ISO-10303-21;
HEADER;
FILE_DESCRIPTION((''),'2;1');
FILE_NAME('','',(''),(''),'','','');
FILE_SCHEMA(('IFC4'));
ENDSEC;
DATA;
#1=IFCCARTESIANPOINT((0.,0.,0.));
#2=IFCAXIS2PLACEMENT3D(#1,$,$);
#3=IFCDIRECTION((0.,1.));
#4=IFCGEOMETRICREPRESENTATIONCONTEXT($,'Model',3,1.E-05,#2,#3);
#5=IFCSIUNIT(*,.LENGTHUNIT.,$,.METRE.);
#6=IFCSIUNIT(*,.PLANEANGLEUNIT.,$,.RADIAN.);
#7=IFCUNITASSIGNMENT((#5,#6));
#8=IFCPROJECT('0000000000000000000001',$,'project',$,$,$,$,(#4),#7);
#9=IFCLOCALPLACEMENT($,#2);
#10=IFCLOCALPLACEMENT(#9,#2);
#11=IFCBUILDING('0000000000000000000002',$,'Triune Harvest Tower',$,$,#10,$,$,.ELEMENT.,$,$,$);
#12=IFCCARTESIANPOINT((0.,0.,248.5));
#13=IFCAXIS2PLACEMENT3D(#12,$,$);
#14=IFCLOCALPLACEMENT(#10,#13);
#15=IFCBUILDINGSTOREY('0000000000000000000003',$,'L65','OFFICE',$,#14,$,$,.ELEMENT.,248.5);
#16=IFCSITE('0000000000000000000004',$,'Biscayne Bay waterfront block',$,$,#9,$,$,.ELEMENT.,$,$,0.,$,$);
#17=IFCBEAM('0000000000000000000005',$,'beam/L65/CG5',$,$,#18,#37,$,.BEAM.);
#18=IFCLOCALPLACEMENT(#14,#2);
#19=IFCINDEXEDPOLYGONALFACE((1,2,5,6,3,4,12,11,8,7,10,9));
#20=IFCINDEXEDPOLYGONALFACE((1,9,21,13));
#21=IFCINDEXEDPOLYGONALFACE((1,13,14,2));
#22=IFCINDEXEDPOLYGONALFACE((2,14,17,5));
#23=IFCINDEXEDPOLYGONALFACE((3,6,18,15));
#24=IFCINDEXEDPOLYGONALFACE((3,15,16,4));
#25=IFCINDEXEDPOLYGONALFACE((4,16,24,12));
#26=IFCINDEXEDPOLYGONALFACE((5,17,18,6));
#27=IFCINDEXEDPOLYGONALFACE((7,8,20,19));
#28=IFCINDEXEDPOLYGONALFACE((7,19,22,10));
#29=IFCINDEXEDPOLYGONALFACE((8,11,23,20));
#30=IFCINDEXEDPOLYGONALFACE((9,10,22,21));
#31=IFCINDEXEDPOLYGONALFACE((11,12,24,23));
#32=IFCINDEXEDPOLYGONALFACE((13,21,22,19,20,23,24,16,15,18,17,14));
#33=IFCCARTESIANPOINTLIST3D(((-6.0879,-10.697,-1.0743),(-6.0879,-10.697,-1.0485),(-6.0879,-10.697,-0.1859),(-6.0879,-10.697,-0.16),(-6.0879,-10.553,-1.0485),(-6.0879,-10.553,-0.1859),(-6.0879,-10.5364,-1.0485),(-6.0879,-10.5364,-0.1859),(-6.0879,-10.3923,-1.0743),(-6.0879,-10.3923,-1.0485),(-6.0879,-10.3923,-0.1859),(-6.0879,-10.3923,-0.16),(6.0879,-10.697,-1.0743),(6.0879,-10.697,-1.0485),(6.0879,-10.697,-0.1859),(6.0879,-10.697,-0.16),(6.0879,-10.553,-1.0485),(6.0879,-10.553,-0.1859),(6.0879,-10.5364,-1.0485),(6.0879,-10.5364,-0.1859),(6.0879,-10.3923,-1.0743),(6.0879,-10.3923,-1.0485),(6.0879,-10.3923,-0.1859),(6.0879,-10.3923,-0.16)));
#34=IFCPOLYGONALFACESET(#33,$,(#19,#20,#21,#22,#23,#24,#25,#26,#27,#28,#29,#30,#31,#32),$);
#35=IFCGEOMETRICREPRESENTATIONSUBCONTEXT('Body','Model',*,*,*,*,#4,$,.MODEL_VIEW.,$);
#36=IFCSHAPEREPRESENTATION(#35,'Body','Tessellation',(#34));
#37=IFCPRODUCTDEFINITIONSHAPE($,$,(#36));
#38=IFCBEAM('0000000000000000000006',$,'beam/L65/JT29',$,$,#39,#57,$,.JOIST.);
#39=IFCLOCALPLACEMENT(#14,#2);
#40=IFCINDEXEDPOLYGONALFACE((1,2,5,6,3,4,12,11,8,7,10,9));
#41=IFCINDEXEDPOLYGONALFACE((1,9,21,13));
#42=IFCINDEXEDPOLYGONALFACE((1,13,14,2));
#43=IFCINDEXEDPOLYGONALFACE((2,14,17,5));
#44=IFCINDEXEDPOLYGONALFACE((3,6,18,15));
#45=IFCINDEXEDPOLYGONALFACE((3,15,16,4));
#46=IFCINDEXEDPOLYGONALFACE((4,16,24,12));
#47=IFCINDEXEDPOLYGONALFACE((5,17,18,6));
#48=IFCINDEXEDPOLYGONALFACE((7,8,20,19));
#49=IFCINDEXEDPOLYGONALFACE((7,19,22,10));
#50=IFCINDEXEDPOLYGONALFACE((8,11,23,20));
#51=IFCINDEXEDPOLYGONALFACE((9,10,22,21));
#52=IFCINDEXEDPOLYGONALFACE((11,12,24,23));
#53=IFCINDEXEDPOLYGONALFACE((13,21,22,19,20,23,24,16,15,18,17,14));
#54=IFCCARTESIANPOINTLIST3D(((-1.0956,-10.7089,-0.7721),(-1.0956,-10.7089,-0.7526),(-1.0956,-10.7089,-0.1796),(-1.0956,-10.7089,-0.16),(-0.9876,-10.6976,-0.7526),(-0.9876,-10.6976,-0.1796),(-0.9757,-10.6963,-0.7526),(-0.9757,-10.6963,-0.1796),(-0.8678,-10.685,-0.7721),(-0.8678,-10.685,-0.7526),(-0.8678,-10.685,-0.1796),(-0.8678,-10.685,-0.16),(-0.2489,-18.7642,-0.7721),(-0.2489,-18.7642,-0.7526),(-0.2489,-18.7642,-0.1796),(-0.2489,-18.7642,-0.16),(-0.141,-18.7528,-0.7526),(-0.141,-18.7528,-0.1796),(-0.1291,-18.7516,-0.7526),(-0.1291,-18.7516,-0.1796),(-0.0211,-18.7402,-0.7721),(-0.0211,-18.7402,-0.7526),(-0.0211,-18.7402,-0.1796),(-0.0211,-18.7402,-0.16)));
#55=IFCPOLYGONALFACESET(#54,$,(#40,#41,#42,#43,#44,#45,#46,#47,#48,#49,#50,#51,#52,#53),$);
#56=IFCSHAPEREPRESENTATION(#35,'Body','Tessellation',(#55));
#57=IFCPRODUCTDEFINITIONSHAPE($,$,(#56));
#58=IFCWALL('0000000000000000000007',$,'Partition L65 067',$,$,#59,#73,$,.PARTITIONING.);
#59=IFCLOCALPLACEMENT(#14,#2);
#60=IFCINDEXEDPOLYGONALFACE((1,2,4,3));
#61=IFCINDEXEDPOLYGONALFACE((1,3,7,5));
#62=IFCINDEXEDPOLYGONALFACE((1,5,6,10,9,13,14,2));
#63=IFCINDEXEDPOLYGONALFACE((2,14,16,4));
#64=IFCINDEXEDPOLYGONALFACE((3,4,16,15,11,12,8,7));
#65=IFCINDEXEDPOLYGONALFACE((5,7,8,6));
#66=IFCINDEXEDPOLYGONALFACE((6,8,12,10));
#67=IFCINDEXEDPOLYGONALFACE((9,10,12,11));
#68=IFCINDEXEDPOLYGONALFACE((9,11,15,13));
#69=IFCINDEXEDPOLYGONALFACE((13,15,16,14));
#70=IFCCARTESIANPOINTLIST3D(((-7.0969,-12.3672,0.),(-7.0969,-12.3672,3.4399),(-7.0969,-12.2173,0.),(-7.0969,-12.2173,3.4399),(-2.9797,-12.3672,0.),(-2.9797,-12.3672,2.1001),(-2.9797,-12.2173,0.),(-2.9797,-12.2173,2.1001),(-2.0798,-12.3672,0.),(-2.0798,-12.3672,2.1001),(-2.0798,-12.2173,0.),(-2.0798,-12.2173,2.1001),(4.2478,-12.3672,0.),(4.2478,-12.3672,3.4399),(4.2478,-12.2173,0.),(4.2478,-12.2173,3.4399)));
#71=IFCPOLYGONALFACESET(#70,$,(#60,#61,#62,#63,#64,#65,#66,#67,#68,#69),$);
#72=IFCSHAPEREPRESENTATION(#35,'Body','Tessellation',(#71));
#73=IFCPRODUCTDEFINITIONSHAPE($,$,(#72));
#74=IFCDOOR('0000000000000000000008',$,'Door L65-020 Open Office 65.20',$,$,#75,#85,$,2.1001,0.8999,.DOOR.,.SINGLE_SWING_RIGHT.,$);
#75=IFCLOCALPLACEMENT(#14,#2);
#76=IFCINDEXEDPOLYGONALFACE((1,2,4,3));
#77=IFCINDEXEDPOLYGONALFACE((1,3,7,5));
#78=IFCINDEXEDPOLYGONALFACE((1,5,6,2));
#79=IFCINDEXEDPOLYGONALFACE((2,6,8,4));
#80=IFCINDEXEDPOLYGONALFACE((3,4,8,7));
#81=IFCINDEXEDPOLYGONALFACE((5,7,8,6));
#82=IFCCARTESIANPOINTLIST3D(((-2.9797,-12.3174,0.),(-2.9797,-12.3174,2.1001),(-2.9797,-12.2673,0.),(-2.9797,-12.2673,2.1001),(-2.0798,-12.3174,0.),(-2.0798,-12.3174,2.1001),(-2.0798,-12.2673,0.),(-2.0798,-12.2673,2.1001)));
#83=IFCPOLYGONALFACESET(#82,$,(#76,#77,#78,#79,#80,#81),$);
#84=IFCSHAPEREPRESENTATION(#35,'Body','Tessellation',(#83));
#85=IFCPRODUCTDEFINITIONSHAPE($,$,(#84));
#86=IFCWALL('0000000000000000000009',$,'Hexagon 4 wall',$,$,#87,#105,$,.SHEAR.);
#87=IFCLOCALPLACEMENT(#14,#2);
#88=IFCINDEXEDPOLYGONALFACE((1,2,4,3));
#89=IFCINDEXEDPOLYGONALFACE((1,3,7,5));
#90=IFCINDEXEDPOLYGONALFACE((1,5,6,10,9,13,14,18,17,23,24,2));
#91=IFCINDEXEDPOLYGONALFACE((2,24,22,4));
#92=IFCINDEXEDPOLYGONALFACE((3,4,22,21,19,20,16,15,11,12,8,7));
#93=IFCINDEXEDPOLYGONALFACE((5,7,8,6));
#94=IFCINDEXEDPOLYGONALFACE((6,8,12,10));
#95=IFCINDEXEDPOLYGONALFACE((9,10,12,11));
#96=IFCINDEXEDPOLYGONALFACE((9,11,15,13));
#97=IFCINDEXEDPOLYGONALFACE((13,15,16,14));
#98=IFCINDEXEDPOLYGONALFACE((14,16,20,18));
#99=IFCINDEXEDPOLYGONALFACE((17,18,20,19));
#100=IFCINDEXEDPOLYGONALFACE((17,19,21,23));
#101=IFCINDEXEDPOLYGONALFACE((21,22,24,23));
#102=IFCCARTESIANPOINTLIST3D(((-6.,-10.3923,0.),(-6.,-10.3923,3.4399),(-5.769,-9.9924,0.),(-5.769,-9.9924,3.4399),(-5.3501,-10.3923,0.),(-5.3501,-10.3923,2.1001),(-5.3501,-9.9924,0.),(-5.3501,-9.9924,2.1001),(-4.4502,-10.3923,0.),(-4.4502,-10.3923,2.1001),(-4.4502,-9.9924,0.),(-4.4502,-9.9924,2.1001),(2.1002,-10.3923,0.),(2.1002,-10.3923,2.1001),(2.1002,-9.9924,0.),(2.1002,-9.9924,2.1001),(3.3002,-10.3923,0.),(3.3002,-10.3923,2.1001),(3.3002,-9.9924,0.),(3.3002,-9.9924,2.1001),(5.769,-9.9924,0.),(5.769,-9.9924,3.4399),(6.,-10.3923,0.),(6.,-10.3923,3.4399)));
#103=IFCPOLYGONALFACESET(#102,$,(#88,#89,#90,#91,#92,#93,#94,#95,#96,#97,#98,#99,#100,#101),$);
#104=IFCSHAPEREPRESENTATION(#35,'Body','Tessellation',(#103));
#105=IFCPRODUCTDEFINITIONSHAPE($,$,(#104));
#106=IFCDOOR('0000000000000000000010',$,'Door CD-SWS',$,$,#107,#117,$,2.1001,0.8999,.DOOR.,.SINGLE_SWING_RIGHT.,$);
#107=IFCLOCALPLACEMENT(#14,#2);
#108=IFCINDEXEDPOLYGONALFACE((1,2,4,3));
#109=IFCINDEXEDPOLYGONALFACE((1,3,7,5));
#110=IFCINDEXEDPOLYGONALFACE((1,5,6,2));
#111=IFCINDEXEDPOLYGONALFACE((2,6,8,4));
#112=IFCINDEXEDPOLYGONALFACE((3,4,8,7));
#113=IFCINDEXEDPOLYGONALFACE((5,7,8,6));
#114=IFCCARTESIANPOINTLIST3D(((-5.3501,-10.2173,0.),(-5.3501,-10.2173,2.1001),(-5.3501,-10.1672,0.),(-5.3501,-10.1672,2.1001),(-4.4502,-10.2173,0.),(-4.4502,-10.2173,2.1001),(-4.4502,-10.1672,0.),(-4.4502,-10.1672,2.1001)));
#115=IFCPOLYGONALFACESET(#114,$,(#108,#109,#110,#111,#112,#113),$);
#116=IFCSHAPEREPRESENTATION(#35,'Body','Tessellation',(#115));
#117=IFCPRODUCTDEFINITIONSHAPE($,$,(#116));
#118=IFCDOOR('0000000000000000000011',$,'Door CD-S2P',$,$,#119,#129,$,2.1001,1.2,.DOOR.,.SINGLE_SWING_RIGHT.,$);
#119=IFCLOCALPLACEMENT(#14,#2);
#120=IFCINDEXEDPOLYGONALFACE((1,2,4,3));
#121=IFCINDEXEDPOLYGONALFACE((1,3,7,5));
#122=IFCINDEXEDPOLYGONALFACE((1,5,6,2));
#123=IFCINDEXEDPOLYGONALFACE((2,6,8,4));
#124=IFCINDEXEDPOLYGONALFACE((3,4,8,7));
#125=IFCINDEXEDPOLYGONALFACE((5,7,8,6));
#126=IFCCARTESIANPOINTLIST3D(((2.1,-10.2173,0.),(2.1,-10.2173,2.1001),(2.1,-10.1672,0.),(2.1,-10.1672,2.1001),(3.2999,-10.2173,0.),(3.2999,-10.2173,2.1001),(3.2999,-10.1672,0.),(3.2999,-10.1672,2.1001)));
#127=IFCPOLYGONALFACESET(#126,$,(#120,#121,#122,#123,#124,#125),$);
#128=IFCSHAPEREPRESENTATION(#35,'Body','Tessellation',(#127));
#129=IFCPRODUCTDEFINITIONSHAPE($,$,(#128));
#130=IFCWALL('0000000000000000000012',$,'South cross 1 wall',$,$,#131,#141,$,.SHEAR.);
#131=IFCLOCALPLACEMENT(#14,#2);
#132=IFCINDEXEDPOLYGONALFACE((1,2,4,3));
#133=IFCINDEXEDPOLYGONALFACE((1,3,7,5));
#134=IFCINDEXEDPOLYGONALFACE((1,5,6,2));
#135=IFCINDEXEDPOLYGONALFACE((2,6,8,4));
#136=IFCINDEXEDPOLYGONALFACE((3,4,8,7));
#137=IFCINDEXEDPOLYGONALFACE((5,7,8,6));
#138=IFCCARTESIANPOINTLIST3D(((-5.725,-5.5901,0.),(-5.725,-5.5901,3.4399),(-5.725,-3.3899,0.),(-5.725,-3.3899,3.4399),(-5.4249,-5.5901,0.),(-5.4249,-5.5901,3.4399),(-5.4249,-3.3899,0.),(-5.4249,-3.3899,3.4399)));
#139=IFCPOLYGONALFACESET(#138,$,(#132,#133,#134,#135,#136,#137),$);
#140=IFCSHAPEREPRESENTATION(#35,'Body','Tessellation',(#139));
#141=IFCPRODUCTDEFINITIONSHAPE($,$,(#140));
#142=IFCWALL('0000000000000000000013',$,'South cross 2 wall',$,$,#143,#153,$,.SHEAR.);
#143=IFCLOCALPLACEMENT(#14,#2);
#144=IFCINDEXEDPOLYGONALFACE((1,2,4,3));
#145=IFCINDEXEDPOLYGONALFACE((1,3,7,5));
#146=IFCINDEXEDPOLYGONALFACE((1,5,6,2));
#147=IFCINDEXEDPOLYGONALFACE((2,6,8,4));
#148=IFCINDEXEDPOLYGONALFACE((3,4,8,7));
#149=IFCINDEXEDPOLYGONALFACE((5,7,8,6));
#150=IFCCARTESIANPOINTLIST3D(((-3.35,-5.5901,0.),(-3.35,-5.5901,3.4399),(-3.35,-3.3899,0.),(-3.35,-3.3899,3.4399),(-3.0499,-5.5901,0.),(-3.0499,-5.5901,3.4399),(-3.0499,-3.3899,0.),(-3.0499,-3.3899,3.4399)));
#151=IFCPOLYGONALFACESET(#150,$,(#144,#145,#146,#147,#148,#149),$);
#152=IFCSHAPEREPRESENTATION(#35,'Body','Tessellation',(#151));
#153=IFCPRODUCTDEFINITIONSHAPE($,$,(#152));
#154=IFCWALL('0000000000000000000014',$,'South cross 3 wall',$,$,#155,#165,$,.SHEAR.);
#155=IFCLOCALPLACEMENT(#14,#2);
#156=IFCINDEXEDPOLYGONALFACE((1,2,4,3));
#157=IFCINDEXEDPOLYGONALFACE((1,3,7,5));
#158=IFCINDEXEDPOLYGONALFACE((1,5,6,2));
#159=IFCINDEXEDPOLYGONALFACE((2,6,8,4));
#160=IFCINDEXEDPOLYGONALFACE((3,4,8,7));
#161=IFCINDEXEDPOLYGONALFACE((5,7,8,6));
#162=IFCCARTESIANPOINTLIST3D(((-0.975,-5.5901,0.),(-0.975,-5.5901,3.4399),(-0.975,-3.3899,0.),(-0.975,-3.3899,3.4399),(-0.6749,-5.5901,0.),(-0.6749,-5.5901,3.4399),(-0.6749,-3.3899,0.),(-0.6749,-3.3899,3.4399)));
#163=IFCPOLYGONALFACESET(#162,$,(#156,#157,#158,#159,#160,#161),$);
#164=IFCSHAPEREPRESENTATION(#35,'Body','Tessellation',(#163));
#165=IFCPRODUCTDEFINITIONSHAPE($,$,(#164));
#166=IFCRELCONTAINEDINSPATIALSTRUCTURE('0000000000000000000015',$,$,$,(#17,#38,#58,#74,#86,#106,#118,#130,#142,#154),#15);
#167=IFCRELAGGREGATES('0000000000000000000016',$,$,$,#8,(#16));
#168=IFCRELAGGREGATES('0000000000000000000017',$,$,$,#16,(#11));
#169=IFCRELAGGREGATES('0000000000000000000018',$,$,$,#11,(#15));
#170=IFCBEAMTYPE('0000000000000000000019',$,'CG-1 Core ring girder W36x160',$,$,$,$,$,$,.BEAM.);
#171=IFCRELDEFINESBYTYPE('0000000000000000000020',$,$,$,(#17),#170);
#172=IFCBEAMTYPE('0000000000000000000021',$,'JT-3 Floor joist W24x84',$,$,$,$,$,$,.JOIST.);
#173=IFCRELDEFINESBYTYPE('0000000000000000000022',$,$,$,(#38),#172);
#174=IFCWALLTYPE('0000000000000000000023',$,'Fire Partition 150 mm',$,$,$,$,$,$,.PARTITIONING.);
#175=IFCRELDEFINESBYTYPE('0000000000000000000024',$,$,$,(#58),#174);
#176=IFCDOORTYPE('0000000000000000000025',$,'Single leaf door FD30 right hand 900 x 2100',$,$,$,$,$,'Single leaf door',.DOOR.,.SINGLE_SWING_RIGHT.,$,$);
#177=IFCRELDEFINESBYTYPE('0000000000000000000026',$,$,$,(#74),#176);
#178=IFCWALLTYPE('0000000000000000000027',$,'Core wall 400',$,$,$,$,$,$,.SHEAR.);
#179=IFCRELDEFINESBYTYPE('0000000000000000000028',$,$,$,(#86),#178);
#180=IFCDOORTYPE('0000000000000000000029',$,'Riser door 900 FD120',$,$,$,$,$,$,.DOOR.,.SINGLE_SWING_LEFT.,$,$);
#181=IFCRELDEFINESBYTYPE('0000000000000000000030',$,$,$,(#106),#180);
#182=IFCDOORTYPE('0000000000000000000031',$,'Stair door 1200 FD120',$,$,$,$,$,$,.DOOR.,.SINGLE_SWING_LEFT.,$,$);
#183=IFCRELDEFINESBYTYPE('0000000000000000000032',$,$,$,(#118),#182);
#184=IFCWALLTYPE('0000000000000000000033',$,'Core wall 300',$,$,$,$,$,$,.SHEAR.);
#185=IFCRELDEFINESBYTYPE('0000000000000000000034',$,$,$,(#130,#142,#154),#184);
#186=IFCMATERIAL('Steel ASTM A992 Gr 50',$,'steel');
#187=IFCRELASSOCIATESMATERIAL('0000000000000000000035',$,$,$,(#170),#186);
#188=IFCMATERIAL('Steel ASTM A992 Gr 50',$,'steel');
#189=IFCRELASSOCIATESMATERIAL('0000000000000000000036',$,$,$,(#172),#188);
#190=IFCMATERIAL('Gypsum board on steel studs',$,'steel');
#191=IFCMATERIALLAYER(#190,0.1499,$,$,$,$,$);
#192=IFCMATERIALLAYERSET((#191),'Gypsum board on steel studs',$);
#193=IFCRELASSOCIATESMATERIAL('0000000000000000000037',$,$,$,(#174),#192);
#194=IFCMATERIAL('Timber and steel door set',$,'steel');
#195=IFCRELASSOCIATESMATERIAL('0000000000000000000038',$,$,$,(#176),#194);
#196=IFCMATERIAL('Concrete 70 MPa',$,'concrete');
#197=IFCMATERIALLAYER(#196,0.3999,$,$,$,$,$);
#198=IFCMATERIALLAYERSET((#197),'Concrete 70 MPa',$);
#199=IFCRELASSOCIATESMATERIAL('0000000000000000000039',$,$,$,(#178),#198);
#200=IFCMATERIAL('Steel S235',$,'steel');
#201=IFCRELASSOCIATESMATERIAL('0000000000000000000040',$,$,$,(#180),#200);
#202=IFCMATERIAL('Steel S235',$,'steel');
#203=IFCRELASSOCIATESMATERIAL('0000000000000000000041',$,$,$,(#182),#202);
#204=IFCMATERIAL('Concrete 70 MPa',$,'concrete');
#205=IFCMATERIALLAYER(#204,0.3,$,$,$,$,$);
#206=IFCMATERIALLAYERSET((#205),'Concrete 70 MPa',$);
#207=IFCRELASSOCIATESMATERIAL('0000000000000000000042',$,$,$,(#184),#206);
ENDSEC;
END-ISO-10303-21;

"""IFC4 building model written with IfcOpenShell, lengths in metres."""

from ifc_helpers import new_model, si_unit, direction, frame, frame_2d, origin, origin_2d, place, context, subcontext, project, spatial, polyline, rectangle, i_section, outline, extrude, source, transform, mapped, material, layer, layer_set, material_profile, profile_set, type_object, element, fill, save


model = new_model("IFC4")

# Units and contexts
model_context = context("Model", 3, precision=1e-05, world=origin(), true_north=direction((0.0, 1.0)))
body_context = subcontext(model_context, "Body", "Model", "MODEL_VIEW")
ifc_project = project(units=[si_unit("LENGTHUNIT", "METRE"), si_unit("PLANEANGLEUNIT", "RADIAN")], contexts=[model_context])

# Site, building, storey
site_placement = place(None, origin())
site = spatial("IfcSite", under=ifc_project, at=site_placement, Name="Biscayne Bay waterfront block", CompositionType="ELEMENT", RefElevation=0.0)
building_placement = place(site_placement, origin())
building = spatial("IfcBuilding", under=site, at=building_placement, Name="Triune Harvest Tower", CompositionType="ELEMENT")
storey_placement = place(building_placement, frame((0.0, 0.0, 248.5)))
storey = spatial("IfcBuildingStorey", under=building, at=storey_placement, Name="L65", Description="OFFICE", CompositionType="ELEMENT", Elevation=248.5)

# Beams
ifc_material_1 = material(Name="Steel ASTM A992 Gr 50", Category="steel")
ifc_material_profile_1 = material_profile(ifc_material_1, i_section(OverallWidth=0.3047, OverallDepth=0.9143, WebThickness=0.0166, FlangeThickness=0.0259, at=origin_2d()), Name="W36x160")
ifc_profile_set_1 = profile_set([ifc_material_profile_1], Name="Steel ASTM A992 Gr 50")
beam_type_1 = type_object("IfcBeamType", Name="CG-1 Core ring girder W36x160", PredefinedType="BEAM", material=ifc_profile_set_1)
shared_shape_1 = source(origin(), body_context, "Body", "SweptSolid", [
    extrude(i_section(OverallWidth=0.3047, OverallDepth=0.9143, WebThickness=0.0166, FlangeThickness=0.0259, at=origin_2d()), origin(), (0.0, 0.0, 1.0), 12.1758),
])
beam_1_placement = place(storey_placement, frame((-6.0879, -10.5447, -0.6172), z_axis=(1.0, 0.0, 0.0), x_axis=(0.0, 1.0, 0.0)))
element("IfcBeam", 1, at=beam_1_placement, inside=storey, type_object=beam_type_1, Name="beam/L65/CG5", PredefinedType="BEAM", context=body_context, shape_type="MappedRepresentation", body=[
    mapped(shared_shape_1, transform((0.0, 0.0, 0.0), scale=1.0)),
])
ifc_material_2 = material(Name="Steel ASTM A992 Gr 50", Category="steel")
ifc_material_profile_2 = material_profile(ifc_material_2, i_section(OverallWidth=0.229, OverallDepth=0.6121, WebThickness=0.012, FlangeThickness=0.0195, at=origin_2d()), Name="W24x84")
ifc_profile_set_2 = profile_set([ifc_material_profile_2], Name="Steel ASTM A992 Gr 50")
beam_type_2 = type_object("IfcBeamType", Name="JT-3 Floor joist W24x84", PredefinedType="JOIST", material=ifc_profile_set_2)
shared_shape_2 = source(origin(), body_context, "Body", "SweptSolid", [
    extrude(i_section(OverallWidth=0.229, OverallDepth=0.6121, WebThickness=0.012, FlangeThickness=0.0195, at=origin_2d()), origin(), (0.0, 0.0, 1.0), 8.0996),
])
beam_2_placement = place(storey_placement, frame((-0.135, -18.7522, -0.4661), z_axis=(-0.104534, 0.994521, 0.0), x_axis=(-0.994521, -0.104534, 0.0)))
element("IfcBeam", 2, at=beam_2_placement, inside=storey, type_object=beam_type_2, Name="beam/L65/JT29", PredefinedType="JOIST", context=body_context, shape_type="MappedRepresentation", body=[
    mapped(shared_shape_2, transform((0.0, 0.0, 0.0), scale=1.0)),
])

# Wall, opening, door
ifc_material_3 = material(Name="Gypsum board on steel studs", Category="steel")
ifc_layer_1 = layer(ifc_material_3, 0.1499)
ifc_layer_set_1 = layer_set([ifc_layer_1], Name="Gypsum board on steel studs")
wall_type_1 = type_object("IfcWallType", Name="Fire Partition 150 mm", PredefinedType="PARTITIONING", material=ifc_layer_set_1)
wall_1_placement = place(storey_placement, frame((-7.0969, -12.2922, 0.0), z_axis=(0.0, 0.0, 1.0), x_axis=(1.0, 0.0, 0.0)))
wall_1 = element("IfcWall", 3, at=wall_1_placement, inside=storey, type_object=wall_type_1, Name="Partition L65 067", PredefinedType="PARTITIONING", context=body_context, shape_type="SweptSolid", body=[
    extrude(rectangle(XDim=11.3447, YDim=0.1499, at=frame_2d((5.6724, 0.0))), origin(), (0.0, 0.0, 1.0), 3.4399),
])
opening_1_placement = place(wall_1_placement, frame((4.1172, 0.0, 0.0)))
opening_1 = element("IfcOpeningElement", 4, at=opening_1_placement, cuts=wall_1, PredefinedType="OPENING", context=body_context, shape_type="SweptSolid", body=[
    extrude(rectangle(XDim=0.8999, YDim=2.1001, at=frame_2d((0.45, 1.05))), frame((0.0, 0.085, 0.0), z_axis=(0.0, -1.0, 0.0), x_axis=(1.0, 0.0, 0.0)), (0.0, 0.0, 1.0), 0.1699),
])
ifc_material_4 = material(Name="Timber and steel door set", Category="steel")
door_type_1 = type_object("IfcDoorType", Name="Single leaf door FD30 right hand 900 x 2100", ElementType="Single leaf door", OperationType="SINGLE_SWING_RIGHT", PredefinedType="DOOR", material=ifc_material_4)
door_1_placement = place(opening_1_placement, origin())
door_1 = element("IfcDoor", 5, at=door_1_placement, inside=storey, type_object=door_type_1, Name="Door L65-020 Open Office 65.20", OperationType="SINGLE_SWING_RIGHT", OverallHeight=2.1001, OverallWidth=0.8999, PredefinedType="DOOR", context=body_context, shape_type="SweptSolid", body=[
    extrude(rectangle(XDim=0.8999, YDim=2.1001, at=frame_2d((0.45, 1.05))), frame((0.0, 0.0249, 0.0), z_axis=(0.0, -1.0, 0.0), x_axis=(1.0, 0.0, 0.0)), (0.0, 0.0, 1.0), 0.05),
])
fill(opening_1, door_1)

# Wall, openings, doors
ifc_material_5 = material(Name="Concrete 70 MPa", Category="concrete")
ifc_layer_2 = layer(ifc_material_5, 0.3999)
ifc_layer_set_2 = layer_set([ifc_layer_2], Name="Concrete 70 MPa")
wall_type_2 = type_object("IfcWallType", Name="Core wall 400", PredefinedType="SHEAR", material=ifc_layer_set_2)
shared_shape_3 = source(origin(), body_context, "Body", "SweptSolid", [
    extrude(outline(polyline([(-0.1155, -0.2), (11.8845, -0.2), (11.6536, 0.2), (0.1155, 0.2), (-0.1155, -0.2)])), origin(), (0.0, 0.0, 1.0), 3.4399),
])
wall_2_placement = place(storey_placement, frame((-5.8845, -10.1924, 0.0), z_axis=(0.0, 0.0, 1.0), x_axis=(1.0, 0.0, 0.0)))
wall_2 = element("IfcWall", 6, at=wall_2_placement, inside=storey, type_object=wall_type_2, Name="Hexagon 4 wall", PredefinedType="SHEAR", context=body_context, shape_type="MappedRepresentation", body=[
    mapped(shared_shape_3, transform((0.0, 0.0, 0.0), scale=1.0)),
])
opening_2_placement = place(wall_2_placement, frame((7.9846, 0.0, 0.0)))
opening_2 = element("IfcOpeningElement", 7, at=opening_2_placement, cuts=wall_2, PredefinedType="OPENING", context=body_context, shape_type="SweptSolid", body=[
    extrude(rectangle(XDim=1.2, YDim=2.1001, at=frame_2d((0.6001, 1.05))), frame((0.0, 0.21, 0.0), z_axis=(0.0, -1.0, 0.0), x_axis=(1.0, 0.0, 0.0)), (0.0, 0.0, 1.0), 0.4199),
])
opening_3_placement = place(wall_2_placement, frame((0.5344, 0.0, 0.0)))
opening_3 = element("IfcOpeningElement", 8, at=opening_3_placement, cuts=wall_2, PredefinedType="OPENING", context=body_context, shape_type="SweptSolid", body=[
    extrude(rectangle(XDim=0.8999, YDim=2.1001, at=frame_2d((0.45, 1.05))), frame((0.0, 0.21, 0.0), z_axis=(0.0, -1.0, 0.0), x_axis=(1.0, 0.0, 0.0)), (0.0, 0.0, 1.0), 0.4199),
])
ifc_material_6 = material(Name="Steel S235", Category="steel")
door_type_2 = type_object("IfcDoorType", Name="Riser door 900 FD120", OperationType="SINGLE_SWING_LEFT", PredefinedType="DOOR", material=ifc_material_6)
door_2_placement = place(opening_3_placement, frame((0.8999, 0.0, 0.0), z_axis=(0.0, 0.0, 1.0), x_axis=(-1.0, 0.0, 0.0)))
door_2 = element("IfcDoor", 9, at=door_2_placement, inside=storey, type_object=door_type_2, Name="Door CD-SWS", OperationType="SINGLE_SWING_RIGHT", OverallHeight=2.1001, OverallWidth=0.8999, PredefinedType="DOOR", context=body_context, shape_type="SweptSolid", body=[
    extrude(rectangle(XDim=0.8999, YDim=2.1001, at=frame_2d((0.45, 1.05))), frame((0.0, 0.0249, 0.0), z_axis=(0.0, -1.0, 0.0), x_axis=(1.0, 0.0, 0.0)), (0.0, 0.0, 1.0), 0.05),
])
fill(opening_3, door_2)
ifc_material_7 = material(Name="Steel S235", Category="steel")
door_type_3 = type_object("IfcDoorType", Name="Stair door 1200 FD120", OperationType="SINGLE_SWING_LEFT", PredefinedType="DOOR", material=ifc_material_7)
door_3_placement = place(opening_2_placement, frame((1.2, 0.0, 0.0), z_axis=(0.0, 0.0, 1.0), x_axis=(-1.0, 0.0, 0.0)))
door_3 = element("IfcDoor", 10, at=door_3_placement, inside=storey, type_object=door_type_3, Name="Door CD-S2P", OperationType="SINGLE_SWING_RIGHT", OverallHeight=2.1001, OverallWidth=1.2, PredefinedType="DOOR", context=body_context, shape_type="SweptSolid", body=[
    extrude(rectangle(XDim=1.2, YDim=2.1001, at=frame_2d((0.6001, 1.05))), frame((0.0, 0.0249, 0.0), z_axis=(0.0, -1.0, 0.0), x_axis=(1.0, 0.0, 0.0)), (0.0, 0.0, 1.0), 0.05),
])
fill(opening_2, door_3)

# Walls
ifc_material_8 = material(Name="Concrete 70 MPa", Category="concrete")
ifc_layer_3 = layer(ifc_material_8, 0.3)
ifc_layer_set_3 = layer_set([ifc_layer_3], Name="Concrete 70 MPa")
wall_type_3 = type_object("IfcWallType", Name="Core wall 300", PredefinedType="SHEAR", material=ifc_layer_set_3)
shared_shape_4 = source(origin(), body_context, "Body", "SweptSolid", [
    extrude(rectangle(XDim=2.2002, YDim=0.3, at=frame_2d((1.1001, 0.0))), origin(), (0.0, 0.0, 1.0), 3.4399),
])
for number, where, z_axis, x_axis, name in (
    (11, (-5.575, -5.5901, 0.0), (0.0, 0.0, 1.0), (0.0, 1.0, 0.0), "South cross 1 wall"),
    (12, (-3.2, -5.5901, 0.0), (0.0, 0.0, 1.0), (0.0, 1.0, 0.0), "South cross 2 wall"),
    (13, (-0.825, -5.5901, 0.0), (0.0, 0.0, 1.0), (0.0, 1.0, 0.0), "South cross 3 wall"),
):
    element("IfcWall", number, at=place(storey_placement, frame(where, z_axis=z_axis, x_axis=x_axis)), inside=storey, type_object=wall_type_3, Name=name, PredefinedType="SHEAR", context=body_context, shape_type="MappedRepresentation", body=[
        mapped(shared_shape_4, transform((0.0, 0.0, 0.0), scale=1.0)),
    ])

save(model, "model.ifc")
